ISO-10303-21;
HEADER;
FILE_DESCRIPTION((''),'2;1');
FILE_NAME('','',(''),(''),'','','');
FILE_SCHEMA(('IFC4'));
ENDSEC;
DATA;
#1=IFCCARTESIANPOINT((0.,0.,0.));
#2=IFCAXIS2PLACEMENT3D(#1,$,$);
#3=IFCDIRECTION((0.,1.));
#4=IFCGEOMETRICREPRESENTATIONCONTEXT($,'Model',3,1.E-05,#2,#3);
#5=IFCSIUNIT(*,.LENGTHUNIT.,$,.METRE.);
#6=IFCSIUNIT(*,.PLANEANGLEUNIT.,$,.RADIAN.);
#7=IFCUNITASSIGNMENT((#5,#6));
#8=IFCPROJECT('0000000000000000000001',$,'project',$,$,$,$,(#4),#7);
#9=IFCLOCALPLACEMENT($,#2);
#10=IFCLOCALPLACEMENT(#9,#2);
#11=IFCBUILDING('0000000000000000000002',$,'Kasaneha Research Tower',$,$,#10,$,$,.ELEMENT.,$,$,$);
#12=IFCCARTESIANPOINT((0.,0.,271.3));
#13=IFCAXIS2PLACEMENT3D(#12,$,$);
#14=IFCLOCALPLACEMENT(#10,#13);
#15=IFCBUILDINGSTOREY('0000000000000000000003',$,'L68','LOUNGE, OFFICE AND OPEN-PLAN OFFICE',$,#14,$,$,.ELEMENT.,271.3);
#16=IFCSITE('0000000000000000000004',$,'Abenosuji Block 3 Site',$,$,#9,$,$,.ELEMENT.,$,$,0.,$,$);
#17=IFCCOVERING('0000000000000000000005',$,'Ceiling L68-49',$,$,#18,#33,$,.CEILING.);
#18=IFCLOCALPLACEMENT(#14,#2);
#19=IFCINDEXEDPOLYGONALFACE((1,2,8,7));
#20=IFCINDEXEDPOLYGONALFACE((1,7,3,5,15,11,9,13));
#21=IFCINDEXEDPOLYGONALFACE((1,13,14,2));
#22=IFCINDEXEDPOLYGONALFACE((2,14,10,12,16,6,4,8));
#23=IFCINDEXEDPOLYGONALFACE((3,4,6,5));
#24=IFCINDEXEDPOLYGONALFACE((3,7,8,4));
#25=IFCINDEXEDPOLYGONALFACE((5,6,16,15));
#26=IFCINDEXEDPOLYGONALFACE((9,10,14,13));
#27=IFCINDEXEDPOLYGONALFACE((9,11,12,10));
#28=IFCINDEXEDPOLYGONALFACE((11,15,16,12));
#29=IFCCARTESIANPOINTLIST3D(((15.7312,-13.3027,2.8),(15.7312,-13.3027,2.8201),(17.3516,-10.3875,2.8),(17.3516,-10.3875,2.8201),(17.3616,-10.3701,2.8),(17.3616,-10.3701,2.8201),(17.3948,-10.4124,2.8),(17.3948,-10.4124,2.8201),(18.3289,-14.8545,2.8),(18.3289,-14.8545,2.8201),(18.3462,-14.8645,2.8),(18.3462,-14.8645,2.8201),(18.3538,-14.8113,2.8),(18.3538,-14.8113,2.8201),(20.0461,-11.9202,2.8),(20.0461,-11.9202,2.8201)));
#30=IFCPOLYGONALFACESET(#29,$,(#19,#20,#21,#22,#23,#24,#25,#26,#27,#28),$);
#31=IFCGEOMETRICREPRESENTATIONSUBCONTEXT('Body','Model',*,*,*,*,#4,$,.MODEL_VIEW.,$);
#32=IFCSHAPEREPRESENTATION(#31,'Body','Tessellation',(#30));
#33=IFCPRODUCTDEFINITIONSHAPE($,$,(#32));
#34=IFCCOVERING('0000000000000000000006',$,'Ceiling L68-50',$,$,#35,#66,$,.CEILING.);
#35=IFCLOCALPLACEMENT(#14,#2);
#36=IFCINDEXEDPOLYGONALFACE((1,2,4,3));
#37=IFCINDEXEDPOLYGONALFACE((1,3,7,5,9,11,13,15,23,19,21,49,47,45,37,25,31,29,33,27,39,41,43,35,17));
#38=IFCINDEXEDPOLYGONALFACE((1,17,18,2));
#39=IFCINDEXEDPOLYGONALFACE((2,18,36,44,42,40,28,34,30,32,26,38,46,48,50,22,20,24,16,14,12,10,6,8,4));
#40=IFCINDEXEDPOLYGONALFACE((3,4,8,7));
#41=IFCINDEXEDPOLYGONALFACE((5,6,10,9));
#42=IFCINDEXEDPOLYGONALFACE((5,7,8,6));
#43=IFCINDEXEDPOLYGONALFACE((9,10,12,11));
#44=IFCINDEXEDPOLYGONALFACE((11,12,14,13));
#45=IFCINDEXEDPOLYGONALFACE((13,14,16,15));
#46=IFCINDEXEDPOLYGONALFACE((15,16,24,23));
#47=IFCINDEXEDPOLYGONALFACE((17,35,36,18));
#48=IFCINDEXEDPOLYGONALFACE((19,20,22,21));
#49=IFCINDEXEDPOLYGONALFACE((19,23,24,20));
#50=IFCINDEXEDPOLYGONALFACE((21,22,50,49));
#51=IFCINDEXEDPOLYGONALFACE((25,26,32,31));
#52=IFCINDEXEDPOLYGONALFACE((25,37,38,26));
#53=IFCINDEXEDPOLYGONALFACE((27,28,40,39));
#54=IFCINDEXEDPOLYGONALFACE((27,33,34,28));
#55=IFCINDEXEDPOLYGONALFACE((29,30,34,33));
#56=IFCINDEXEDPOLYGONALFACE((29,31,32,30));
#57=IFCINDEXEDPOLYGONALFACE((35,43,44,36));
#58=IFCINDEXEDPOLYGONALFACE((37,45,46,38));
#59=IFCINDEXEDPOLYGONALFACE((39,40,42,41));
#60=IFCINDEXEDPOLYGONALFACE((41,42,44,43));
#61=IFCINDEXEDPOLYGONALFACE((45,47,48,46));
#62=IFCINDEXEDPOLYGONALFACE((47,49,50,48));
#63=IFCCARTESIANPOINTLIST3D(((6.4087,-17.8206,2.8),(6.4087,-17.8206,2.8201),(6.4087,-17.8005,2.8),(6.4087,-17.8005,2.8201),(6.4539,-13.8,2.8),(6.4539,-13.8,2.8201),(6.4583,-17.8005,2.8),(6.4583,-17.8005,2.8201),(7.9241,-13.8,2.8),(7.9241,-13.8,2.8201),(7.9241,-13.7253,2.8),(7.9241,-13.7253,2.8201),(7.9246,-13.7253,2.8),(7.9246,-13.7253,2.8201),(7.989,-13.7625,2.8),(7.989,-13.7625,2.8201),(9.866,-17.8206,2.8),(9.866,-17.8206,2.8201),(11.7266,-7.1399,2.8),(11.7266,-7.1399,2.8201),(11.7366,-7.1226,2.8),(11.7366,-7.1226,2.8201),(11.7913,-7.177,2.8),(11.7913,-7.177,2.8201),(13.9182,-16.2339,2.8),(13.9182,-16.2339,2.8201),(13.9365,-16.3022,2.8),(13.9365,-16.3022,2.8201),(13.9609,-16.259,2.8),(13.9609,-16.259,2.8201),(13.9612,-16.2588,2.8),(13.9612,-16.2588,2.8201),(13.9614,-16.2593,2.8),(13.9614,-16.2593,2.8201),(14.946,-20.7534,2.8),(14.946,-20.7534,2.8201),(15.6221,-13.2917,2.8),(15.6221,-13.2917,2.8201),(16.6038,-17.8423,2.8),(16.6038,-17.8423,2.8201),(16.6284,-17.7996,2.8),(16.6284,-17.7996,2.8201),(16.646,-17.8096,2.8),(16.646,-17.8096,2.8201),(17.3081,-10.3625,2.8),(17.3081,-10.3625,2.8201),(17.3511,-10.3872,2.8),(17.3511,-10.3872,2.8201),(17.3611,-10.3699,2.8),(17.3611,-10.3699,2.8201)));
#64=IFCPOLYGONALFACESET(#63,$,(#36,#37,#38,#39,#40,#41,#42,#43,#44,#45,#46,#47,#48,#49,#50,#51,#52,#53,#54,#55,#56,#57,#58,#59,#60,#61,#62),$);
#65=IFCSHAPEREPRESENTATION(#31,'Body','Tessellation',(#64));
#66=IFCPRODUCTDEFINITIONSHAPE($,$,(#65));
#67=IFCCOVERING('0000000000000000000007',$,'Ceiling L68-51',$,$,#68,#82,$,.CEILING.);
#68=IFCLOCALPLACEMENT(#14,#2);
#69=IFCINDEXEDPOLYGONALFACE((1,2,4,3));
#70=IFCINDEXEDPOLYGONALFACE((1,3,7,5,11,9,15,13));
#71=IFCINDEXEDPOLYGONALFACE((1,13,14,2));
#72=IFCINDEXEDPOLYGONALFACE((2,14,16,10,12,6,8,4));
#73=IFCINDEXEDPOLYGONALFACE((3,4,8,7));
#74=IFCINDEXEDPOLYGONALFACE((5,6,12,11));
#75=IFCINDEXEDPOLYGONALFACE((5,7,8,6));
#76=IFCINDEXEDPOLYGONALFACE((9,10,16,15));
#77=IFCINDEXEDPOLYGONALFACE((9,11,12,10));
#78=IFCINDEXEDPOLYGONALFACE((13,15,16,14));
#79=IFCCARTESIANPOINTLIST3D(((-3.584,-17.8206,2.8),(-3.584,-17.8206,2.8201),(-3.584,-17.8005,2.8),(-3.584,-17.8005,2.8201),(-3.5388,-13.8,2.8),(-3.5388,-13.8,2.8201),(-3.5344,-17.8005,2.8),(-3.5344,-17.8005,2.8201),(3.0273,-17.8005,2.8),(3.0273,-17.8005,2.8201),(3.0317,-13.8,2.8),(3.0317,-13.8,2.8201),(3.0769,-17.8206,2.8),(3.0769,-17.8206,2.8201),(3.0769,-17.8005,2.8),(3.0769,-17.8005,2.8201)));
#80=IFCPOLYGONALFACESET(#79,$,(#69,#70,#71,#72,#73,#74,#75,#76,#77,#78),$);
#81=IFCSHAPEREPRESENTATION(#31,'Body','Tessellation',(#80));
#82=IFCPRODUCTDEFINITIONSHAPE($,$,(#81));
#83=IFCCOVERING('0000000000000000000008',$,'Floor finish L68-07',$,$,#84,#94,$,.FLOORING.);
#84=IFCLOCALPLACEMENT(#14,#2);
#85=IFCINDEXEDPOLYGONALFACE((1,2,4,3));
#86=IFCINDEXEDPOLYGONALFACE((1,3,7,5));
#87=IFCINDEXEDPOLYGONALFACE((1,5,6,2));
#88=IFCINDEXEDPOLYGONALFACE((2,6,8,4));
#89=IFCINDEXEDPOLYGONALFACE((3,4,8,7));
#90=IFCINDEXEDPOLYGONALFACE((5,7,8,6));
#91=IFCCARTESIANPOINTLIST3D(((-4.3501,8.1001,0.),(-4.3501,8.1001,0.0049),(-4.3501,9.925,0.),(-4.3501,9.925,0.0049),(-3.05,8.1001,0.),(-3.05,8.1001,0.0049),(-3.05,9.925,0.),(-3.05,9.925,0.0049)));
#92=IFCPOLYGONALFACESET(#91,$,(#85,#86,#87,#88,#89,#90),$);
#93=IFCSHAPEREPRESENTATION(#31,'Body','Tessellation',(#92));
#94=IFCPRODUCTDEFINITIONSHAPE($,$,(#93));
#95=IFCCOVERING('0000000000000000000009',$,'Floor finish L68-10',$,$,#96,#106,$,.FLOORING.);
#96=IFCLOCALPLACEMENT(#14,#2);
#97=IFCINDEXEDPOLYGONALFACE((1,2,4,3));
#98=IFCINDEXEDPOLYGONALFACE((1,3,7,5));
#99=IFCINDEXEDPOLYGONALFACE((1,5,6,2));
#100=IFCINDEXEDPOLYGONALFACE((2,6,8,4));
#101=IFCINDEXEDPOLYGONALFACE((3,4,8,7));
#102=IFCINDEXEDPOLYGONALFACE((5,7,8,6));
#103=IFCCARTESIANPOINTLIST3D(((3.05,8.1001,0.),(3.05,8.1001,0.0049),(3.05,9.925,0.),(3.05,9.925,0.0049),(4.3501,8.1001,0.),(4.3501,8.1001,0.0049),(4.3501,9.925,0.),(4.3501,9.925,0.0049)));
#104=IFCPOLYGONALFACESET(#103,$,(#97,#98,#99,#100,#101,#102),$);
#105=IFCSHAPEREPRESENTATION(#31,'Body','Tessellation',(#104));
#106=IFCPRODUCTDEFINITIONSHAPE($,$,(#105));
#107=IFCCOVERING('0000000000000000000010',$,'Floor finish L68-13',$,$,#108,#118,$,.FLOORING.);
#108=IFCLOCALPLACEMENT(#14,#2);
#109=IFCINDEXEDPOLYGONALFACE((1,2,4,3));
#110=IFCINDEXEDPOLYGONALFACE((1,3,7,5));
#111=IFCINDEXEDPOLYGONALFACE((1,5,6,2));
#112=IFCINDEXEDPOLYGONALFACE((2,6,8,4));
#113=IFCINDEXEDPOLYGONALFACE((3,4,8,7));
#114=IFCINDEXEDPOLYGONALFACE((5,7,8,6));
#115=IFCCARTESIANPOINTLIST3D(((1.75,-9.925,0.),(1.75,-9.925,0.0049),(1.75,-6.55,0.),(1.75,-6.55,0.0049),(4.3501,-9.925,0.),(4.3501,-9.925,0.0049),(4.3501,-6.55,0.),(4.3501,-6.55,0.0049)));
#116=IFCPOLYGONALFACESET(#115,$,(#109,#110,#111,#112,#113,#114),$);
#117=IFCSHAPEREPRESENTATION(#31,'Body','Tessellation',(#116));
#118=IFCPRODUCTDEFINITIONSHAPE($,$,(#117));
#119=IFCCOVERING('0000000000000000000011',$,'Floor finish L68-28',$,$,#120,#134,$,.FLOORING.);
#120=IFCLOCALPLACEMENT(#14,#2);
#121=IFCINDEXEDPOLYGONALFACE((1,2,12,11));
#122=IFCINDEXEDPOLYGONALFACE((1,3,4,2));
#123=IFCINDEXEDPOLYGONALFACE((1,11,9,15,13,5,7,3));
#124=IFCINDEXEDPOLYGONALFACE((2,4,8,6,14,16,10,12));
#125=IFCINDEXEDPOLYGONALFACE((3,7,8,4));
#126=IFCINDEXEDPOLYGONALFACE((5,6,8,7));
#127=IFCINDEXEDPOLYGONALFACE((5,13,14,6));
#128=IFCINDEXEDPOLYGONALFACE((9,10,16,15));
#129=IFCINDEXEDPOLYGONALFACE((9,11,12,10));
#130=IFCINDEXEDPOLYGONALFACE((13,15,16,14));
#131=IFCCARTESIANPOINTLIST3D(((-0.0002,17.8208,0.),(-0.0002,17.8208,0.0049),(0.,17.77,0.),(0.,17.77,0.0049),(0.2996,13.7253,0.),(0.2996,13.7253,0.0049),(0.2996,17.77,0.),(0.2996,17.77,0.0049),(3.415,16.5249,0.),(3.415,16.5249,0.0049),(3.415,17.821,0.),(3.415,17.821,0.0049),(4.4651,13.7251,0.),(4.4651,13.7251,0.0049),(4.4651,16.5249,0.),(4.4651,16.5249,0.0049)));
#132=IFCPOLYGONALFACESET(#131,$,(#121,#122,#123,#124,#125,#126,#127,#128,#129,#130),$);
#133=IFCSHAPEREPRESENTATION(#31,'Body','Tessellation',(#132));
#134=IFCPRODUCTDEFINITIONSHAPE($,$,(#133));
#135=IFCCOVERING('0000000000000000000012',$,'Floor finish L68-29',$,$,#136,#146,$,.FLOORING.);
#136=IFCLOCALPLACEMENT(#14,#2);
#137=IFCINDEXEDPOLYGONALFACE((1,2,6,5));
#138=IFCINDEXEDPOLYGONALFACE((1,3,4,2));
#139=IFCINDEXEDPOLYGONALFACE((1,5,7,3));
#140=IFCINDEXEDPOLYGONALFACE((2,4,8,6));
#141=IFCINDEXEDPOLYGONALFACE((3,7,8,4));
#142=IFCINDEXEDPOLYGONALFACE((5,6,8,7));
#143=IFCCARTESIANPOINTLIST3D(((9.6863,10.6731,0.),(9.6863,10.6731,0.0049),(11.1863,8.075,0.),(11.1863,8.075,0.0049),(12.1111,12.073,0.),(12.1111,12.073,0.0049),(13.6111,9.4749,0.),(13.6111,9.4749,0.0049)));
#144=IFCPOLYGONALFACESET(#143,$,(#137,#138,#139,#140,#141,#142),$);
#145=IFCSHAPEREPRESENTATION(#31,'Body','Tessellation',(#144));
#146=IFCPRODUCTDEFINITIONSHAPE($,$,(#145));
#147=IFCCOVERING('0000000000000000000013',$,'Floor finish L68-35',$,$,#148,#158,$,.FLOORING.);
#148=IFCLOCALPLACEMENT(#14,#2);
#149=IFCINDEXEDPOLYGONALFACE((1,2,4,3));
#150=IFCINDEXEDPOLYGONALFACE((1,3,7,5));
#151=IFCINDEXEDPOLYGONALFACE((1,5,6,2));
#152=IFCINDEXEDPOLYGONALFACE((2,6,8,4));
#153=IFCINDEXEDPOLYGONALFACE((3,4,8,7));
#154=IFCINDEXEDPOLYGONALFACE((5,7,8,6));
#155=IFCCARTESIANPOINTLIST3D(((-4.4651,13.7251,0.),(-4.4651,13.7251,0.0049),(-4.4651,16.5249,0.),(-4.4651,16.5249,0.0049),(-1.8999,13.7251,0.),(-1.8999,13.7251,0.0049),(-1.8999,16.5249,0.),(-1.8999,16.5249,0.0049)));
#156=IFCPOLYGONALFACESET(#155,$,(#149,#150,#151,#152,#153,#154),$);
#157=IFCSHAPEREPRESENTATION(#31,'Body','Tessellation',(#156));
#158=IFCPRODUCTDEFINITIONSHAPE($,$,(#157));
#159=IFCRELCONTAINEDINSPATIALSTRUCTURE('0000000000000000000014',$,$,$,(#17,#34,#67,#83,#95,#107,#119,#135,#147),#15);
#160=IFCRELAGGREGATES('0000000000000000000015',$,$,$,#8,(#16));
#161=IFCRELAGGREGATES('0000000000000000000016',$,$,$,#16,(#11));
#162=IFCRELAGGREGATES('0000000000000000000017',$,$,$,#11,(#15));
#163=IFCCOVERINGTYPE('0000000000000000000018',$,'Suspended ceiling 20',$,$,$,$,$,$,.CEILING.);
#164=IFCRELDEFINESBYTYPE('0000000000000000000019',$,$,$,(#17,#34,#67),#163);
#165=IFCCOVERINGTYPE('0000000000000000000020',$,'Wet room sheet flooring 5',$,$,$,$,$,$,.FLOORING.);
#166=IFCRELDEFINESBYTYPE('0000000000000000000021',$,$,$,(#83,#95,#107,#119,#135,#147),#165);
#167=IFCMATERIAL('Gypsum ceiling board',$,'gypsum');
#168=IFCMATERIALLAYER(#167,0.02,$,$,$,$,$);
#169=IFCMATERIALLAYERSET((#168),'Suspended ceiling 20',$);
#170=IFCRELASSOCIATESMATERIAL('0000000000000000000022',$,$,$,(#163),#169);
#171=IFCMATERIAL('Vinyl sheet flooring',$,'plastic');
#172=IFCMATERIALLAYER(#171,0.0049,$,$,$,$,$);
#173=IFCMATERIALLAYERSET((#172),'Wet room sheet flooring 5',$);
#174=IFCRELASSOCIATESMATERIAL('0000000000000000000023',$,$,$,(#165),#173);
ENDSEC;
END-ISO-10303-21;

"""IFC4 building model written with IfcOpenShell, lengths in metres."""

from ifc_helpers import new_model, si_unit, direction, frame, origin, place, context, subcontext, project, spatial, polyline, outline, extrude, material, layer, layer_set, type_object, element, save


model = new_model("IFC4")

# Units and contexts
model_context = context("Model", 3, precision=1e-05, world=origin(), true_north=direction((0.0, 1.0)))
body_context = subcontext(model_context, "Body", "Model", "MODEL_VIEW")
ifc_project = project(units=[si_unit("LENGTHUNIT", "METRE"), si_unit("PLANEANGLEUNIT", "RADIAN")], contexts=[model_context])

# Site, building, storey
site_placement = place(None, origin())
site = spatial("IfcSite", under=ifc_project, at=site_placement, Name="Abenosuji Block 3 Site", CompositionType="ELEMENT", RefElevation=0.0)
building_placement = place(site_placement, origin())
building = spatial("IfcBuilding", under=site, at=building_placement, Name="Kasaneha Research Tower", CompositionType="ELEMENT")
storey_placement = place(building_placement, frame((0.0, 0.0, 271.3)))
storey = spatial("IfcBuildingStorey", under=building, at=storey_placement, Name="L68", Description="LOUNGE, OFFICE AND OPEN-PLAN OFFICE", CompositionType="ELEMENT", Elevation=271.3)

# Coverings
ifc_material_1 = material(Name="Gypsum ceiling board", Category="gypsum")
ifc_layer_1 = layer(ifc_material_1, 0.02)
ifc_layer_set_1 = layer_set([ifc_layer_1], Name="Suspended ceiling 20")
covering_type_1 = type_object("IfcCoveringType", Name="Suspended ceiling 20", PredefinedType="CEILING", material=ifc_layer_set_1)
covering_1_placement = place(storey_placement, frame((0.0, 0.0, 2.8)))
element("IfcCovering", 1, at=covering_1_placement, inside=storey, type_object=covering_type_1, Name="Ceiling L68-49", PredefinedType="CEILING", context=body_context, shape_type="SweptSolid", body=[
    extrude(outline(polyline([(18.3462, -14.8645), (18.3289, -14.8545), (18.3538, -14.8113), (15.7312, -13.3027), (17.3948, -10.4124), (17.3516, -10.3875), (17.3616, -10.3701), (20.0461, -11.9202), (18.3462, -14.8645)])), origin(), (0.0, 0.0, 1.0), 0.02),
])
covering_2_placement = place(storey_placement, frame((0.0, 0.0, 2.8)))
element("IfcCovering", 2, at=covering_2_placement, inside=storey, type_object=covering_type_1, Name="Ceiling L68-50", PredefinedType="CEILING", context=body_context, shape_type="SweptSolid", body=[
    extrude(outline(polyline([(13.9614, -16.2593), (13.9365, -16.3022), (16.6038, -17.8423), (16.6284, -17.7996), (16.646, -17.8096), (14.946, -20.7534), (9.866, -17.8206), (6.4087, -17.8206), (6.4087, -17.8005), (6.4583, -17.8005), (6.4539, -13.8), (7.9241, -13.8), (7.9241, -13.7253), (7.9246, -13.7253), (7.9246, -13.7253), (7.989, -13.7625), (11.7913, -7.177), (11.7266, -7.1399), (11.7366, -7.1226), (17.3611, -10.3699), (17.3511, -10.3872), (17.3081, -10.3625), (15.6221, -13.2917), (13.9182, -16.2339), (13.9612, -16.2588), (13.9609, -16.259), (13.9614, -16.2593)])), origin(), (0.0, 0.0, 1.0), 0.02),
])
covering_3_placement = place(storey_placement, frame((0.0, 0.0, 2.8)))
element("IfcCovering", 3, at=covering_3_placement, inside=storey, type_object=covering_type_1, Name="Ceiling L68-51", PredefinedType="CEILING", context=body_context, shape_type="SweptSolid", body=[
    extrude(outline(polyline([(3.0769, -17.8206), (-3.584, -17.8206), (-3.584, -17.8005), (-3.5344, -17.8005), (-3.5388, -13.8), (3.0317, -13.8), (3.0273, -17.8005), (3.0769, -17.8005), (3.0769, -17.8206)])), origin(), (0.0, 0.0, 1.0), 0.02),
])
ifc_material_2 = material(Name="Vinyl sheet flooring", Category="plastic")
ifc_layer_2 = layer(ifc_material_2, 0.0049)
ifc_layer_set_2 = layer_set([ifc_layer_2], Name="Wet room sheet flooring 5")
covering_type_2 = type_object("IfcCoveringType", Name="Wet room sheet flooring 5", PredefinedType="FLOORING", material=ifc_layer_set_2)
covering_4_placement = place(storey_placement, origin())
element("IfcCovering", 4, at=covering_4_placement, inside=storey, type_object=covering_type_2, Name="Floor finish L68-07", PredefinedType="FLOORING", context=body_context, shape_type="SweptSolid", body=[
    extrude(outline(polyline([(-4.3501, 8.1001), (-4.3501, 9.925), (-3.05, 9.925), (-3.05, 8.1001), (-4.3501, 8.1001)])), origin(), (0.0, 0.0, 1.0), 0.0049),
])
covering_5_placement = place(storey_placement, origin())
element("IfcCovering", 5, at=covering_5_placement, inside=storey, type_object=covering_type_2, Name="Floor finish L68-10", PredefinedType="FLOORING", context=body_context, shape_type="SweptSolid", body=[
    extrude(outline(polyline([(4.3501, 8.1001), (3.05, 8.1001), (3.05, 9.925), (4.3501, 9.925), (4.3501, 8.1001)])), origin(), (0.0, 0.0, 1.0), 0.0049),
])
covering_6_placement = place(storey_placement, origin())
element("IfcCovering", 6, at=covering_6_placement, inside=storey, type_object=covering_type_2, Name="Floor finish L68-13", PredefinedType="FLOORING", context=body_context, shape_type="SweptSolid", body=[
    extrude(outline(polyline([(1.75, -9.925), (1.75, -6.55), (4.3501, -6.55), (4.3501, -9.925), (1.75, -9.925)])), origin(), (0.0, 0.0, 1.0), 0.0049),
])
covering_7_placement = place(storey_placement, origin())
element("IfcCovering", 7, at=covering_7_placement, inside=storey, type_object=covering_type_2, Name="Floor finish L68-28", PredefinedType="FLOORING", context=body_context, shape_type="SweptSolid", body=[
    extrude(outline(polyline([(4.4651, 16.5249), (4.4651, 13.7251), (0.2996, 13.7253), (0.2996, 17.77), (0.0, 17.77), (-0.0002, 17.8208), (3.415, 17.821), (3.415, 16.5249), (4.4651, 16.5249)])), origin(), (0.0, 0.0, 1.0), 0.0049),
])
covering_8_placement = place(storey_placement, origin())
element("IfcCovering", 8, at=covering_8_placement, inside=storey, type_object=covering_type_2, Name="Floor finish L68-29", PredefinedType="FLOORING", context=body_context, shape_type="SweptSolid", body=[
    extrude(outline(polyline([(12.1111, 12.073), (13.6111, 9.4749), (11.1863, 8.075), (9.6863, 10.6731), (12.1111, 12.073)])), origin(), (0.0, 0.0, 1.0), 0.0049),
])
covering_9_placement = place(storey_placement, origin())
element("IfcCovering", 9, at=covering_9_placement, inside=storey, type_object=covering_type_2, Name="Floor finish L68-35", PredefinedType="FLOORING", context=body_context, shape_type="SweptSolid", body=[
    extrude(outline(polyline([(-4.4651, 16.5249), (-1.8999, 16.5249), (-1.8999, 13.7251), (-4.4651, 13.7251), (-4.4651, 16.5249)])), origin(), (0.0, 0.0, 1.0), 0.0049),
])

save(model, "model.ifc")
